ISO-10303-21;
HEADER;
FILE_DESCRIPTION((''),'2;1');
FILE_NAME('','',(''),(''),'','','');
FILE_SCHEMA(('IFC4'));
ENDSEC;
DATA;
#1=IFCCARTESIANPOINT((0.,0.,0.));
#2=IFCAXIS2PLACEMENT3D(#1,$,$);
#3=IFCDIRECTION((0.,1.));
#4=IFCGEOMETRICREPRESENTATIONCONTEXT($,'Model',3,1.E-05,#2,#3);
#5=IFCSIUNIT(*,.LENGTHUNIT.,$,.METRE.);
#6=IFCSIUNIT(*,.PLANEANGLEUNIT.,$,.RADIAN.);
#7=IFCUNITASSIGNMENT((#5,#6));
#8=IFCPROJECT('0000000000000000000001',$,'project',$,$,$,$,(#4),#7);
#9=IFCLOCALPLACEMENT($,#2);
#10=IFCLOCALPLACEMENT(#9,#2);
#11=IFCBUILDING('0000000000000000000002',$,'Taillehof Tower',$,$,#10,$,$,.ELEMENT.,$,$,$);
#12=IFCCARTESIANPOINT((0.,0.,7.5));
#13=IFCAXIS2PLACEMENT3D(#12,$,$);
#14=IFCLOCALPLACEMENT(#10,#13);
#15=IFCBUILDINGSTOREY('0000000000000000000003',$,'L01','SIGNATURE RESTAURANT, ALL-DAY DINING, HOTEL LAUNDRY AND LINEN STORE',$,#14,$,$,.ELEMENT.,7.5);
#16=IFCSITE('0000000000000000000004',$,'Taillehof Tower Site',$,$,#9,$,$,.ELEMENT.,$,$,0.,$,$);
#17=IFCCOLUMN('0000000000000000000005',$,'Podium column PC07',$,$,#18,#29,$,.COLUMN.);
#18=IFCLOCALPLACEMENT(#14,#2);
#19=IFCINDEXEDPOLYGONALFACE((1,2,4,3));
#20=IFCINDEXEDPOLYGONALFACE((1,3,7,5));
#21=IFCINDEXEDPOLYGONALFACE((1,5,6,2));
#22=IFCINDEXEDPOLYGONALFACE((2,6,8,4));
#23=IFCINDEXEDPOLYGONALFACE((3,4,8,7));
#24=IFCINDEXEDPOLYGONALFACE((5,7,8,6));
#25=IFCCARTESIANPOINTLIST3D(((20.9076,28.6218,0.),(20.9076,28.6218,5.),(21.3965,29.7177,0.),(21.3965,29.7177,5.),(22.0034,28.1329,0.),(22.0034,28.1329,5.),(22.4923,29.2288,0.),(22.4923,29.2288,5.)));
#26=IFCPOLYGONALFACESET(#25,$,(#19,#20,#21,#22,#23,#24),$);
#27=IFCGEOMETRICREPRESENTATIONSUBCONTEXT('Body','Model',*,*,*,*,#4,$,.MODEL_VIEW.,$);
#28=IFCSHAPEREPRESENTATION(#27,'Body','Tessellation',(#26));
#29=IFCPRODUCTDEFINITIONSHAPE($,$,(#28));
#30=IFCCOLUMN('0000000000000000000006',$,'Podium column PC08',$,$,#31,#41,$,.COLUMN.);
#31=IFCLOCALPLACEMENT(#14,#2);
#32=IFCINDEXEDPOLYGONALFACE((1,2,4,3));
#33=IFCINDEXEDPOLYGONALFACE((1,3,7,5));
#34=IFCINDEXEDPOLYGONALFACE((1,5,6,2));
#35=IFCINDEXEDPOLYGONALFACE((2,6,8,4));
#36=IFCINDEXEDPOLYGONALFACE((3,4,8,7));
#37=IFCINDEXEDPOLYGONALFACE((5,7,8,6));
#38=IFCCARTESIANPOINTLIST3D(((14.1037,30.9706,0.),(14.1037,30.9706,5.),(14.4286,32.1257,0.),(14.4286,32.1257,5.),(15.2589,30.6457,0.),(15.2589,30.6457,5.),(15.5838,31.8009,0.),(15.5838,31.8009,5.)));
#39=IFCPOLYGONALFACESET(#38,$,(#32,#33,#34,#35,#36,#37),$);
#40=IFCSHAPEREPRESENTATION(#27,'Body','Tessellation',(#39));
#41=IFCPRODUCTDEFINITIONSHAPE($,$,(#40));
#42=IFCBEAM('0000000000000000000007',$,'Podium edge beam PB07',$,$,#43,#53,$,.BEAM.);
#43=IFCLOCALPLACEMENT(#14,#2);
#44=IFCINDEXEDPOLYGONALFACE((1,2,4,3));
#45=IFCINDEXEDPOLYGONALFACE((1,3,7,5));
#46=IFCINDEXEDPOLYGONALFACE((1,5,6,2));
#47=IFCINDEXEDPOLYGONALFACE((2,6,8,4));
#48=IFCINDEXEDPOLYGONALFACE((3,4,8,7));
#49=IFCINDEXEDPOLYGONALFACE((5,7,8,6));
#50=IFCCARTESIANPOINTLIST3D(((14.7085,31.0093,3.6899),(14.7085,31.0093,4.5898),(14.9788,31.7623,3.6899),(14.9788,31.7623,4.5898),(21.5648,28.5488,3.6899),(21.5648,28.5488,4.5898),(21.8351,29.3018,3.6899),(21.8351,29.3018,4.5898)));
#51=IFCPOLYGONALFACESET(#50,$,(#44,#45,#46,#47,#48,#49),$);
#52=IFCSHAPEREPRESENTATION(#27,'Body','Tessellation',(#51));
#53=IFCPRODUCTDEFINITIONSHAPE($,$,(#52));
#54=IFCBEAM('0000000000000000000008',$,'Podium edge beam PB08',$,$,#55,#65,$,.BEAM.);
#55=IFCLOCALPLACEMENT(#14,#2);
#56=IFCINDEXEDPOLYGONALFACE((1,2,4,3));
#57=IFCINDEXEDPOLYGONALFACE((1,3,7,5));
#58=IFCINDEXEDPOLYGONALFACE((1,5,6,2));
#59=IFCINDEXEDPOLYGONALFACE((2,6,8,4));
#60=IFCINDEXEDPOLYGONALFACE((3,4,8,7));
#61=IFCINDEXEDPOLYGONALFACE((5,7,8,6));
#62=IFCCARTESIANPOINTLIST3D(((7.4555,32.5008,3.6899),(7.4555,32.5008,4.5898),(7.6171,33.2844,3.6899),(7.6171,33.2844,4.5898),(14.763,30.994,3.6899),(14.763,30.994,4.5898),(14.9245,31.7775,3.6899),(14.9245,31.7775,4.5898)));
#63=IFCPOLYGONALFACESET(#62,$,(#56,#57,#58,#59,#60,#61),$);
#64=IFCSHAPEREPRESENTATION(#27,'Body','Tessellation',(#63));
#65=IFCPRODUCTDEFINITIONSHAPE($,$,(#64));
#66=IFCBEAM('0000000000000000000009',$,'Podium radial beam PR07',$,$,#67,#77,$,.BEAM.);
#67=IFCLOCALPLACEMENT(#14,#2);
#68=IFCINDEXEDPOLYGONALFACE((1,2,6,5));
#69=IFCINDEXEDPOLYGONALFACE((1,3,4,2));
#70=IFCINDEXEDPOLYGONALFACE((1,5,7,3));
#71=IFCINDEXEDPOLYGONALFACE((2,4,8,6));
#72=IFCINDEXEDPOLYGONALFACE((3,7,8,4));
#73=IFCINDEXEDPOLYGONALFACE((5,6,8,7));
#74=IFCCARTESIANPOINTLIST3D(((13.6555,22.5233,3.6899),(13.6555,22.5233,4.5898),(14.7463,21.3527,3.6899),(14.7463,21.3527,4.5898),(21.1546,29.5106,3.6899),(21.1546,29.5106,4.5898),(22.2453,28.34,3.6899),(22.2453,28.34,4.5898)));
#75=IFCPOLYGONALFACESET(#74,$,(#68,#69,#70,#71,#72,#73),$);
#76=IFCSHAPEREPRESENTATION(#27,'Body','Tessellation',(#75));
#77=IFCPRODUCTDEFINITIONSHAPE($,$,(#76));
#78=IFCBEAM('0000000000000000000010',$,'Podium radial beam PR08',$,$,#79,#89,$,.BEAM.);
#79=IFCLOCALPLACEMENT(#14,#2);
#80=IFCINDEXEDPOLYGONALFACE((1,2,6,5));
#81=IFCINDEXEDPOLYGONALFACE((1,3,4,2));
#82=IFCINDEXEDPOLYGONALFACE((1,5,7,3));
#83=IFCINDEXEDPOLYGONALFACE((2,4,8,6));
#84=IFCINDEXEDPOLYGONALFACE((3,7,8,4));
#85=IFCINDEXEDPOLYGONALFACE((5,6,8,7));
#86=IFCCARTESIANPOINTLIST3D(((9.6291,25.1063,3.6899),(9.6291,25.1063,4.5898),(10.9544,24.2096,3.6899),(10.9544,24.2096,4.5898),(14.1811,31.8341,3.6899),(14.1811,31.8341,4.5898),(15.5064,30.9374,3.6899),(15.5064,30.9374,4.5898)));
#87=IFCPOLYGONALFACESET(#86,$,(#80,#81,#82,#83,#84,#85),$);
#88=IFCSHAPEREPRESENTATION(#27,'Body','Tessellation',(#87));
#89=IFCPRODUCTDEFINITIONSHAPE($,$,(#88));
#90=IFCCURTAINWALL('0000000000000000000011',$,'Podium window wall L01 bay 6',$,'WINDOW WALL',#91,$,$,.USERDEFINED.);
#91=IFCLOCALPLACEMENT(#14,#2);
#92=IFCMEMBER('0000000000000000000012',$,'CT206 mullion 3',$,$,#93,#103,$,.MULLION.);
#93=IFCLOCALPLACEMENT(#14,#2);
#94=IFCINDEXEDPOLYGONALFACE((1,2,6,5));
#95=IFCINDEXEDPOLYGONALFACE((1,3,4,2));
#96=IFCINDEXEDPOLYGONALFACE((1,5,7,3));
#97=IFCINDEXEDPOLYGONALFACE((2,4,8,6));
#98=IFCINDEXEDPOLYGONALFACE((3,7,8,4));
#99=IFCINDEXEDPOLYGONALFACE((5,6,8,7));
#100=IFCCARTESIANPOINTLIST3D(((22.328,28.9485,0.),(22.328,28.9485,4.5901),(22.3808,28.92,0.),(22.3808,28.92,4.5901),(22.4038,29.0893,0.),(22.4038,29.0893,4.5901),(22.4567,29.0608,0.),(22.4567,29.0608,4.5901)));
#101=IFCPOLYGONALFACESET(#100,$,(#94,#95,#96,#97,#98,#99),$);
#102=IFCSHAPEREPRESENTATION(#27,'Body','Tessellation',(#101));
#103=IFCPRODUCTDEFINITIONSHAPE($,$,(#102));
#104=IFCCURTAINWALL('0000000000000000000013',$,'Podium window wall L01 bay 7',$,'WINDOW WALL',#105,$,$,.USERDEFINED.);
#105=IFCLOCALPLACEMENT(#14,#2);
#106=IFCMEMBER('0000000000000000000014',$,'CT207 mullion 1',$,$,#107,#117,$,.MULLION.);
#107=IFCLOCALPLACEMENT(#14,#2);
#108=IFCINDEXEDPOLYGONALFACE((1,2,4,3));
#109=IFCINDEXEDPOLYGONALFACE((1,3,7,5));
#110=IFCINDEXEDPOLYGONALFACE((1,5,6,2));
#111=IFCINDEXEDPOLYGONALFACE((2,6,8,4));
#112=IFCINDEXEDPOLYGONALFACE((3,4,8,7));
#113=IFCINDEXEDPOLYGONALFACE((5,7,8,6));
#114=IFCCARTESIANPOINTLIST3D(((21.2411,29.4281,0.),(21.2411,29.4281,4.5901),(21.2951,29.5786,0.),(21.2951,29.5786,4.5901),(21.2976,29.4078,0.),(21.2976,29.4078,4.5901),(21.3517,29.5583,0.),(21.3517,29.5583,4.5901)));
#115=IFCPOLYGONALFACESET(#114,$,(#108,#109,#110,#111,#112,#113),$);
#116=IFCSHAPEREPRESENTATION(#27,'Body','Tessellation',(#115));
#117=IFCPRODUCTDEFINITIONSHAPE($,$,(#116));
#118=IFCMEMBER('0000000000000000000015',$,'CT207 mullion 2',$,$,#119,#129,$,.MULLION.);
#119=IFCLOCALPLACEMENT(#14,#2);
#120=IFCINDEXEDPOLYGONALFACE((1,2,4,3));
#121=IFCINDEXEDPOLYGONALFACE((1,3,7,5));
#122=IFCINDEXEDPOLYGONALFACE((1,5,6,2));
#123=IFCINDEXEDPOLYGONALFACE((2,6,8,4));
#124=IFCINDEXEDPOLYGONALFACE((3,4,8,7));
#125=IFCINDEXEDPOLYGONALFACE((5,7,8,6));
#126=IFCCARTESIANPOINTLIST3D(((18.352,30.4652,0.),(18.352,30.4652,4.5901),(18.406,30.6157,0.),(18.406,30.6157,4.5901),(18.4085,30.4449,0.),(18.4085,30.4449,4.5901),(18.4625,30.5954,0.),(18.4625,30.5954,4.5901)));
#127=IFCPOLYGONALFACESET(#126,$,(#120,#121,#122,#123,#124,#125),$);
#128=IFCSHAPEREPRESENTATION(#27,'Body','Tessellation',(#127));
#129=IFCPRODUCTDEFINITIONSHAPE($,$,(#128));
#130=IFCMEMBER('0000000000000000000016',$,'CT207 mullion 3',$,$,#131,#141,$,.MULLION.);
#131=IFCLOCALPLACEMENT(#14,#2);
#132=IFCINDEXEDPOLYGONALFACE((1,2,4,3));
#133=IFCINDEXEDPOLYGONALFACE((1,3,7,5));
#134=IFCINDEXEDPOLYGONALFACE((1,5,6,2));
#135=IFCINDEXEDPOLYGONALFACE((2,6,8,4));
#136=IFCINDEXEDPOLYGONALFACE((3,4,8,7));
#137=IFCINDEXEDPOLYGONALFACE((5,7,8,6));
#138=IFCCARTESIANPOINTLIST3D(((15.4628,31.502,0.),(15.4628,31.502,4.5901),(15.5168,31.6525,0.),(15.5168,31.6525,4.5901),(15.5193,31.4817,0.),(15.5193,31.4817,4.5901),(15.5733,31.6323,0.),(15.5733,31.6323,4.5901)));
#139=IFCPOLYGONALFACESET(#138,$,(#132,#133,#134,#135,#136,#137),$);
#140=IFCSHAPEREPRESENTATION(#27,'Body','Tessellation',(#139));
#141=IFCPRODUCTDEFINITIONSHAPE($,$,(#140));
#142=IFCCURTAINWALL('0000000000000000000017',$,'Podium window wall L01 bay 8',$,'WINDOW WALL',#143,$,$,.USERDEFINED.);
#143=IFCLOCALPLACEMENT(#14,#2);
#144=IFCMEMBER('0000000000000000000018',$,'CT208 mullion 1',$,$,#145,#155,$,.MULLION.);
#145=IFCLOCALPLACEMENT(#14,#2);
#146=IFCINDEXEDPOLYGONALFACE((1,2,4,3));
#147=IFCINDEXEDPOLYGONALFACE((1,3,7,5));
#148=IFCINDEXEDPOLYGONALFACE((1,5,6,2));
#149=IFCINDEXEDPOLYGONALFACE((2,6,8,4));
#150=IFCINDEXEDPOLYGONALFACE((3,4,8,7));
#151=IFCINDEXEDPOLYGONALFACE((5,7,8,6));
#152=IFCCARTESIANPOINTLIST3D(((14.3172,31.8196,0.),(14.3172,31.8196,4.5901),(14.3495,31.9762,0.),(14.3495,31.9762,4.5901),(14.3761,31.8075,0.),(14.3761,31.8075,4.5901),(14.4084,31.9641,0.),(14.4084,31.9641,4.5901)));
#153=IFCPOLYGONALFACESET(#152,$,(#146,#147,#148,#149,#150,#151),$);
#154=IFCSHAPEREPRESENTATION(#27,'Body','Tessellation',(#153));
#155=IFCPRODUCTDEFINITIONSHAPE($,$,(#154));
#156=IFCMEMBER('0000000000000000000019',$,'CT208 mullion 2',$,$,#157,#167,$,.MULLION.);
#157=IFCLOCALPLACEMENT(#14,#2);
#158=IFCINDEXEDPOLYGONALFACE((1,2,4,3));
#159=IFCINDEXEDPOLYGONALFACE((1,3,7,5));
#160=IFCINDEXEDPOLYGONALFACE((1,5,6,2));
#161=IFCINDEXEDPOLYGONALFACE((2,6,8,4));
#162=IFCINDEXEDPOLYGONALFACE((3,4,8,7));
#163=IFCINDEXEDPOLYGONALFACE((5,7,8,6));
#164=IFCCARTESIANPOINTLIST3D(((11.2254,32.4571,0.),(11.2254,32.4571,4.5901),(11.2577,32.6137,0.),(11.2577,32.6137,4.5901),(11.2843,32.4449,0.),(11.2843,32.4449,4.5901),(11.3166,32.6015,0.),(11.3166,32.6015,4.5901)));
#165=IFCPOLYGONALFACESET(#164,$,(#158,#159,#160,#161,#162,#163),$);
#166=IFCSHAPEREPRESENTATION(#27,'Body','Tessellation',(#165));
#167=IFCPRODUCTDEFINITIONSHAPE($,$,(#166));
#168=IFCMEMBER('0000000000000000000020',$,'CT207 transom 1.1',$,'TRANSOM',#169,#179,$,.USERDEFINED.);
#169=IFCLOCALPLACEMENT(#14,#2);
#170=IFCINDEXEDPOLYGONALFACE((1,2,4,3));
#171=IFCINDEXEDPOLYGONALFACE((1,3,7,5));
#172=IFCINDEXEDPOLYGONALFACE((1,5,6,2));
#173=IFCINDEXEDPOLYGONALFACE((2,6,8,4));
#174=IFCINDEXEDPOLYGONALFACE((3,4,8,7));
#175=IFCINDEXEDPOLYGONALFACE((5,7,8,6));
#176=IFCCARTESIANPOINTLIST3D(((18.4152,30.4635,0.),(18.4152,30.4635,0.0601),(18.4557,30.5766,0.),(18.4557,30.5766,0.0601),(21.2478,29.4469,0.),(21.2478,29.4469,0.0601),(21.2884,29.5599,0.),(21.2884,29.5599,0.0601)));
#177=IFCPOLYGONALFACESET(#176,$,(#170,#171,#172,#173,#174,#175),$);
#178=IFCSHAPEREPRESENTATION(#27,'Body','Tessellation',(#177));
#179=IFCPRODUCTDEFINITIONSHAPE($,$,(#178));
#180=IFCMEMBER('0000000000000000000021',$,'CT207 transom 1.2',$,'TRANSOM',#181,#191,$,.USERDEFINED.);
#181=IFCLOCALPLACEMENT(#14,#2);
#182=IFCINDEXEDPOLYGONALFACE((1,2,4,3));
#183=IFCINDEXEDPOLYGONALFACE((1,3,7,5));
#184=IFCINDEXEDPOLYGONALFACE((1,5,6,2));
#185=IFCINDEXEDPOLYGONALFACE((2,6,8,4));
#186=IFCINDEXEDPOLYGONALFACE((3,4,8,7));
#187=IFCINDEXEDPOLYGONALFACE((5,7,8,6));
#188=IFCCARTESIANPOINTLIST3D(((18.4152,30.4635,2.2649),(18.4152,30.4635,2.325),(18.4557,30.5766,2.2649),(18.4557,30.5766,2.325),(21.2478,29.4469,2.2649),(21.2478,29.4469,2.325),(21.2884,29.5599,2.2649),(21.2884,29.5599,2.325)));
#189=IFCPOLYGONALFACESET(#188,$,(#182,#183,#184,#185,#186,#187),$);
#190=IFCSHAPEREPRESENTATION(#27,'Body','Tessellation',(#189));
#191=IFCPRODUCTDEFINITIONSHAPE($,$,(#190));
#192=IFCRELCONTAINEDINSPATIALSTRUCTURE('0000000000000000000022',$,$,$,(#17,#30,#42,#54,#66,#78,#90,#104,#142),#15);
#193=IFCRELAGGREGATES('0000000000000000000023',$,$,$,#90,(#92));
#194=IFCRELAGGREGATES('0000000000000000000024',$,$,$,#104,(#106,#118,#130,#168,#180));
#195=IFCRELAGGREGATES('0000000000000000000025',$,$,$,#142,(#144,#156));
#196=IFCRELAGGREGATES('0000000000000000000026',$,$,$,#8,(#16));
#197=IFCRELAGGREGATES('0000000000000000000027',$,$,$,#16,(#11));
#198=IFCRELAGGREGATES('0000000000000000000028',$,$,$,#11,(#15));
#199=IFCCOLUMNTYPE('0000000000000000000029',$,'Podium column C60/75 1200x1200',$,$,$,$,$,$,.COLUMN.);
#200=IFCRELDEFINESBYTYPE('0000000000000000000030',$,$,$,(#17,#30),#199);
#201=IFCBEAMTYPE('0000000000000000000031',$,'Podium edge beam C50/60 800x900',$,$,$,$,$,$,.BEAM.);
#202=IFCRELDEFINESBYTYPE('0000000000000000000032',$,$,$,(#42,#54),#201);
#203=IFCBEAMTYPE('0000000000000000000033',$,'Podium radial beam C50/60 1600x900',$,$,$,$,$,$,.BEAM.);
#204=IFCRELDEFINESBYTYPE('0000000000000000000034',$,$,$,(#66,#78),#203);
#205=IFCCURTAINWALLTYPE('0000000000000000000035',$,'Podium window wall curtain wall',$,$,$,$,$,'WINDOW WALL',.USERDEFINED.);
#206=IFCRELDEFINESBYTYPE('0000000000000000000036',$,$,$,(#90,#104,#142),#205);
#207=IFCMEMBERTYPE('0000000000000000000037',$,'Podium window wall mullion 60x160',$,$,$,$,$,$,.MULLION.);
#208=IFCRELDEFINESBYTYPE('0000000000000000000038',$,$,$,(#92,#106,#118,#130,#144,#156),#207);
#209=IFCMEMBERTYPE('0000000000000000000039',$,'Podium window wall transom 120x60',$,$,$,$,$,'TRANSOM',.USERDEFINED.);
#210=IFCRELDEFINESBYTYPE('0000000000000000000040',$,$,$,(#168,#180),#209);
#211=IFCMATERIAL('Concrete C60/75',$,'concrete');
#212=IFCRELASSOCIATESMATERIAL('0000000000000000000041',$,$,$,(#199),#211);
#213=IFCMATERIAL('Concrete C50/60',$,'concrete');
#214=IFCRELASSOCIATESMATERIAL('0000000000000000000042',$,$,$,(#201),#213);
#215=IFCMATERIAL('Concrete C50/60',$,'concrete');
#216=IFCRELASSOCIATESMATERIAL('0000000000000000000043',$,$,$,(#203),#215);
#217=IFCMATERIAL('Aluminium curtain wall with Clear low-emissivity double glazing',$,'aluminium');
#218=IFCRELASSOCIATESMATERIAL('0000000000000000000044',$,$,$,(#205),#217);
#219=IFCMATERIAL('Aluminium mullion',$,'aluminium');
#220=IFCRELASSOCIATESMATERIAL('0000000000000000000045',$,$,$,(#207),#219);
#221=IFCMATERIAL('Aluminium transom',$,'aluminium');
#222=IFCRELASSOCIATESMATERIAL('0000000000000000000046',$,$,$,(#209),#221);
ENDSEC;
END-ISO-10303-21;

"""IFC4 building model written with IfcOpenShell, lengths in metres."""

from ifc_helpers import new_model, si_unit, direction, frame, origin, origin_2d, place, context, subcontext, project, spatial, rectangle, extrude, material, material_profile, profile_set, type_object, element, aggregate, save


model = new_model("IFC4")

# Units and contexts
model_context = context("Model", 3, precision=1e-05, world=origin(), true_north=direction((0.0, 1.0)))
body_context = subcontext(model_context, "Body", "Model", "MODEL_VIEW")
ifc_project = project(units=[si_unit("LENGTHUNIT", "METRE"), si_unit("PLANEANGLEUNIT", "RADIAN")], contexts=[model_context])

# Site, building, storey
site_placement = place(None, origin())
site = spatial("IfcSite", under=ifc_project, at=site_placement, Name="Taillehof Tower Site", CompositionType="ELEMENT", RefElevation=0.0)
building_placement = place(site_placement, origin())
building = spatial("IfcBuilding", under=site, at=building_placement, Name="Taillehof Tower", CompositionType="ELEMENT")
storey_placement = place(building_placement, frame((0.0, 0.0, 7.5)))
storey = spatial("IfcBuildingStorey", under=building, at=storey_placement, Name="L01", Description="SIGNATURE RESTAURANT, ALL-DAY DINING, HOTEL LAUNDRY AND LINEN STORE", CompositionType="ELEMENT", Elevation=7.5)

# Columns
ifc_material_1 = material(Name="Concrete C60/75", Category="concrete")
ifc_material_profile_1 = material_profile(ifc_material_1, rectangle(XDim=1.2, YDim=1.2, at=origin_2d()), Name="RC 1200x1200")
ifc_profile_set_1 = profile_set([ifc_material_profile_1], Name="Concrete C60/75")
column_type = type_object("IfcColumnType", Name="Podium column C60/75 1200x1200", PredefinedType="COLUMN", material=ifc_profile_set_1)
for number, where, z_axis, x_axis, name in (
    (1, (21.7, 28.9253, 0.0), (0.0, 0.0, 1.0), (0.407427, 0.913238, 0.0), "Podium column PC07"),
    (2, (14.8438, 31.3857, 0.0), (0.0, 0.0, 1.0), (0.270745, 0.962651, 0.0), "Podium column PC08"),
):
    element("IfcColumn", number, at=place(storey_placement, frame(where, z_axis=z_axis, x_axis=x_axis)), inside=storey, type_object=column_type, Name=name, PredefinedType="COLUMN", context=body_context, shape_type="SweptSolid", body=[
        extrude(rectangle(XDim=1.2, YDim=1.2, at=origin_2d()), origin(), (0.0, 0.0, 1.0), 5.0),
    ])

# Beams
ifc_material_2 = material(Name="Concrete C50/60", Category="concrete")
ifc_material_profile_2 = material_profile(ifc_material_2, rectangle(XDim=0.8, YDim=0.8999, at=origin_2d()), Name="RC 800x900")
ifc_profile_set_2 = profile_set([ifc_material_profile_2], Name="Concrete C50/60")
beam_type_1 = type_object("IfcBeamType", Name="Podium edge beam C50/60 800x900", PredefinedType="BEAM", material=ifc_profile_set_2)
beam_1_placement = place(storey_placement, frame((21.7, 28.9253, 4.1399), z_axis=(-0.941227, 0.337773, 0.0), x_axis=(-0.337773, -0.941227, 0.0)))
element("IfcBeam", 3, at=beam_1_placement, inside=storey, type_object=beam_type_1, Name="Podium edge beam PB07", PredefinedType="BEAM", context=body_context, shape_type="SweptSolid", body=[
    extrude(rectangle(XDim=0.8, YDim=0.8999, at=origin_2d()), origin(), (0.0, 0.0, 1.0), 7.2844),
])
beam_2_placement = place(storey_placement, frame((14.8438, 31.3857, 4.1399), z_axis=(-0.979394, 0.201959, 0.0), x_axis=(-0.201959, -0.979394, 0.0)))
element("IfcBeam", 4, at=beam_2_placement, inside=storey, type_object=beam_type_1, Name="Podium edge beam PB08", PredefinedType="BEAM", context=body_context, shape_type="SweptSolid", body=[
    extrude(rectangle(XDim=0.8, YDim=0.8999, at=origin_2d()), origin(), (0.0, 0.0, 1.0), 7.4612),
])
ifc_material_3 = material(Name="Concrete C50/60", Category="concrete")
ifc_material_profile_3 = material_profile(ifc_material_3, rectangle(XDim=1.6001, YDim=0.8999, at=origin_2d()), Name="RC 1600x900")
ifc_profile_set_3 = profile_set([ifc_material_profile_3], Name="Concrete C50/60")
beam_type_2 = type_object("IfcBeamType", Name="Podium radial beam C50/60 1600x900", PredefinedType="BEAM", material=ifc_profile_set_3)
beam_3_placement = place(storey_placement, frame((21.7, 28.9253, 4.1399), z_axis=(-0.731628, -0.681704, 0.0), x_axis=(0.681704, -0.731628, 0.0)))
element("IfcBeam", 5, at=beam_3_placement, inside=storey, type_object=beam_type_2, Name="Podium radial beam PR07", PredefinedType="BEAM", context=body_context, shape_type="SweptSolid", body=[
    extrude(rectangle(XDim=1.6001, YDim=0.8999, at=origin_2d()), origin(), (0.0, 0.0, 1.0), 10.2498),
])
beam_4_placement = place(storey_placement, frame((14.8438, 31.3857, 4.1399), z_axis=(-0.560382, -0.828235, 0.0), x_axis=(0.828235, -0.560382, 0.0)))
element("IfcBeam", 6, at=beam_4_placement, inside=storey, type_object=beam_type_2, Name="Podium radial beam PR08", PredefinedType="BEAM", context=body_context, shape_type="SweptSolid", body=[
    extrude(rectangle(XDim=1.6001, YDim=0.8999, at=origin_2d()), origin(), (0.0, 0.0, 1.0), 8.123),
])

# Curtain wall, member
ifc_material_4 = material(Name="Aluminium curtain wall with Clear low-emissivity double glazing", Category="aluminium")
curtain_wall_type = type_object("IfcCurtainWallType", Name="Podium window wall curtain wall", ElementType="WINDOW WALL", PredefinedType="USERDEFINED", material=ifc_material_4)
curtain_wall_1_placement = place(storey_placement, origin())
curtain_wall_1 = element("IfcCurtainWall", 7, at=curtain_wall_1_placement, inside=storey, type_object=curtain_wall_type, Name="Podium window wall L01 bay 6", ObjectType="WINDOW WALL", PredefinedType="USERDEFINED")
ifc_material_5 = material(Name="Aluminium mullion", Category="aluminium")
ifc_material_profile_4 = material_profile(ifc_material_5, rectangle(XDim=0.1599, YDim=0.0601, at=origin_2d()), Name="AL 60x160")
ifc_profile_set_4 = profile_set([ifc_material_profile_4], Name="Aluminium mullion")
member_type_1 = type_object("IfcMemberType", Name="Podium window wall mullion 60x160", PredefinedType="MULLION", material=ifc_profile_set_4)
member_1_placement = place(storey_placement, frame((22.3923, 29.0046, 0.0), z_axis=(0.0, 0.0, 1.0), x_axis=(-0.474415, -0.880301, 0.0)))
member_1 = element("IfcMember", 8, at=member_1_placement, type_object=member_type_1, Name="CT206 mullion 3", PredefinedType="MULLION", context=body_context, shape_type="SweptSolid", body=[
    extrude(rectangle(XDim=0.1599, YDim=0.0601, at=origin_2d()), origin(), (0.0, 0.0, 1.0), 4.5901),
])
aggregate(curtain_wall_1, [member_1])

# Curtain walls, members
curtain_wall_2_placement = place(storey_placement, origin())
curtain_wall_2 = element("IfcCurtainWall", 9, at=curtain_wall_2_placement, inside=storey, type_object=curtain_wall_type, Name="Podium window wall L01 bay 7", ObjectType="WINDOW WALL", PredefinedType="USERDEFINED")
member_2_placement = place(storey_placement, frame((21.2964, 29.4932, 0.0), z_axis=(0.0, 0.0, 1.0), x_axis=(-0.337799, -0.941218, 0.0)))
member_2 = element("IfcMember", 10, at=member_2_placement, type_object=member_type_1, Name="CT207 mullion 1", PredefinedType="MULLION", context=body_context, shape_type="SweptSolid", body=[
    extrude(rectangle(XDim=0.1599, YDim=0.0601, at=origin_2d()), origin(), (0.0, 0.0, 1.0), 4.5901),
])
member_3_placement = place(storey_placement, frame((18.4072, 30.5303, 0.0), z_axis=(0.0, 0.0, 1.0), x_axis=(-0.337799, -0.941218, 0.0)))
member_3 = element("IfcMember", 11, at=member_3_placement, type_object=member_type_1, Name="CT207 mullion 2", PredefinedType="MULLION", context=body_context, shape_type="SweptSolid", body=[
    extrude(rectangle(XDim=0.1599, YDim=0.0601, at=origin_2d()), origin(), (0.0, 0.0, 1.0), 4.5901),
])
member_4_placement = place(storey_placement, frame((15.5181, 31.5671, 0.0), z_axis=(0.0, 0.0, 1.0), x_axis=(-0.337799, -0.941218, 0.0)))
member_4 = element("IfcMember", 12, at=member_4_placement, type_object=member_type_1, Name="CT207 mullion 3", PredefinedType="MULLION", context=body_context, shape_type="SweptSolid", body=[
    extrude(rectangle(XDim=0.1599, YDim=0.0601, at=origin_2d()), origin(), (0.0, 0.0, 1.0), 4.5901),
])
curtain_wall_3_placement = place(storey_placement, origin())
curtain_wall_3 = element("IfcCurtainWall", 13, at=curtain_wall_3_placement, inside=storey, type_object=curtain_wall_type, Name="Podium window wall L01 bay 8", ObjectType="WINDOW WALL", PredefinedType="USERDEFINED")
member_5_placement = place(storey_placement, frame((14.3628, 31.8918, 0.0), z_axis=(0.0, 0.0, 1.0), x_axis=(-0.201976, -0.97939, 0.0)))
member_5 = element("IfcMember", 14, at=member_5_placement, type_object=member_type_1, Name="CT208 mullion 1", PredefinedType="MULLION", context=body_context, shape_type="SweptSolid", body=[
    extrude(rectangle(XDim=0.1599, YDim=0.0601, at=origin_2d()), origin(), (0.0, 0.0, 1.0), 4.5901),
])
member_6_placement = place(storey_placement, frame((11.271, 32.5293, 0.0), z_axis=(0.0, 0.0, 1.0), x_axis=(-0.201976, -0.97939, 0.0)))
member_6 = element("IfcMember", 15, at=member_6_placement, type_object=member_type_1, Name="CT208 mullion 2", PredefinedType="MULLION", context=body_context, shape_type="SweptSolid", body=[
    extrude(rectangle(XDim=0.1599, YDim=0.0601, at=origin_2d()), origin(), (0.0, 0.0, 1.0), 4.5901),
])

# Members
ifc_material_6 = material(Name="Aluminium transom", Category="aluminium")
ifc_material_profile_5 = material_profile(ifc_material_6, rectangle(XDim=0.1201, YDim=0.0601, at=origin_2d()), Name="AL 120x60")
ifc_profile_set_5 = profile_set([ifc_material_profile_5], Name="Aluminium transom")
member_type_2 = type_object("IfcMemberType", Name="Podium window wall transom 120x60", ElementType="TRANSOM", PredefinedType="USERDEFINED", material=ifc_profile_set_5)
member_7_placement = place(storey_placement, frame((21.2681, 29.5034, 0.03), z_axis=(-0.941216, 0.337806, 0.0), x_axis=(-0.337806, -0.941216, 0.0)))
member_7 = element("IfcMember", 16, at=member_7_placement, type_object=member_type_2, Name="CT207 transom 1.1", ObjectType="TRANSOM", PredefinedType="USERDEFINED", context=body_context, shape_type="SweptSolid", body=[
    extrude(rectangle(XDim=0.1201, YDim=0.0601, at=origin_2d()), origin(), (0.0, 0.0, 1.0), 3.0095),
])
member_8_placement = place(storey_placement, frame((21.2681, 29.5034, 2.2949), z_axis=(-0.941216, 0.337806, 0.0), x_axis=(-0.337806, -0.941216, 0.0)))
member_8 = element("IfcMember", 17, at=member_8_placement, type_object=member_type_2, Name="CT207 transom 1.2", ObjectType="TRANSOM", PredefinedType="USERDEFINED", context=body_context, shape_type="SweptSolid", body=[
    extrude(rectangle(XDim=0.1201, YDim=0.0601, at=origin_2d()), origin(), (0.0, 0.0, 1.0), 3.0095),
])

aggregate(curtain_wall_2, [member_2, member_3, member_4, member_7, member_8])
aggregate(curtain_wall_3, [member_5, member_6])

save(model, "model.ifc")
